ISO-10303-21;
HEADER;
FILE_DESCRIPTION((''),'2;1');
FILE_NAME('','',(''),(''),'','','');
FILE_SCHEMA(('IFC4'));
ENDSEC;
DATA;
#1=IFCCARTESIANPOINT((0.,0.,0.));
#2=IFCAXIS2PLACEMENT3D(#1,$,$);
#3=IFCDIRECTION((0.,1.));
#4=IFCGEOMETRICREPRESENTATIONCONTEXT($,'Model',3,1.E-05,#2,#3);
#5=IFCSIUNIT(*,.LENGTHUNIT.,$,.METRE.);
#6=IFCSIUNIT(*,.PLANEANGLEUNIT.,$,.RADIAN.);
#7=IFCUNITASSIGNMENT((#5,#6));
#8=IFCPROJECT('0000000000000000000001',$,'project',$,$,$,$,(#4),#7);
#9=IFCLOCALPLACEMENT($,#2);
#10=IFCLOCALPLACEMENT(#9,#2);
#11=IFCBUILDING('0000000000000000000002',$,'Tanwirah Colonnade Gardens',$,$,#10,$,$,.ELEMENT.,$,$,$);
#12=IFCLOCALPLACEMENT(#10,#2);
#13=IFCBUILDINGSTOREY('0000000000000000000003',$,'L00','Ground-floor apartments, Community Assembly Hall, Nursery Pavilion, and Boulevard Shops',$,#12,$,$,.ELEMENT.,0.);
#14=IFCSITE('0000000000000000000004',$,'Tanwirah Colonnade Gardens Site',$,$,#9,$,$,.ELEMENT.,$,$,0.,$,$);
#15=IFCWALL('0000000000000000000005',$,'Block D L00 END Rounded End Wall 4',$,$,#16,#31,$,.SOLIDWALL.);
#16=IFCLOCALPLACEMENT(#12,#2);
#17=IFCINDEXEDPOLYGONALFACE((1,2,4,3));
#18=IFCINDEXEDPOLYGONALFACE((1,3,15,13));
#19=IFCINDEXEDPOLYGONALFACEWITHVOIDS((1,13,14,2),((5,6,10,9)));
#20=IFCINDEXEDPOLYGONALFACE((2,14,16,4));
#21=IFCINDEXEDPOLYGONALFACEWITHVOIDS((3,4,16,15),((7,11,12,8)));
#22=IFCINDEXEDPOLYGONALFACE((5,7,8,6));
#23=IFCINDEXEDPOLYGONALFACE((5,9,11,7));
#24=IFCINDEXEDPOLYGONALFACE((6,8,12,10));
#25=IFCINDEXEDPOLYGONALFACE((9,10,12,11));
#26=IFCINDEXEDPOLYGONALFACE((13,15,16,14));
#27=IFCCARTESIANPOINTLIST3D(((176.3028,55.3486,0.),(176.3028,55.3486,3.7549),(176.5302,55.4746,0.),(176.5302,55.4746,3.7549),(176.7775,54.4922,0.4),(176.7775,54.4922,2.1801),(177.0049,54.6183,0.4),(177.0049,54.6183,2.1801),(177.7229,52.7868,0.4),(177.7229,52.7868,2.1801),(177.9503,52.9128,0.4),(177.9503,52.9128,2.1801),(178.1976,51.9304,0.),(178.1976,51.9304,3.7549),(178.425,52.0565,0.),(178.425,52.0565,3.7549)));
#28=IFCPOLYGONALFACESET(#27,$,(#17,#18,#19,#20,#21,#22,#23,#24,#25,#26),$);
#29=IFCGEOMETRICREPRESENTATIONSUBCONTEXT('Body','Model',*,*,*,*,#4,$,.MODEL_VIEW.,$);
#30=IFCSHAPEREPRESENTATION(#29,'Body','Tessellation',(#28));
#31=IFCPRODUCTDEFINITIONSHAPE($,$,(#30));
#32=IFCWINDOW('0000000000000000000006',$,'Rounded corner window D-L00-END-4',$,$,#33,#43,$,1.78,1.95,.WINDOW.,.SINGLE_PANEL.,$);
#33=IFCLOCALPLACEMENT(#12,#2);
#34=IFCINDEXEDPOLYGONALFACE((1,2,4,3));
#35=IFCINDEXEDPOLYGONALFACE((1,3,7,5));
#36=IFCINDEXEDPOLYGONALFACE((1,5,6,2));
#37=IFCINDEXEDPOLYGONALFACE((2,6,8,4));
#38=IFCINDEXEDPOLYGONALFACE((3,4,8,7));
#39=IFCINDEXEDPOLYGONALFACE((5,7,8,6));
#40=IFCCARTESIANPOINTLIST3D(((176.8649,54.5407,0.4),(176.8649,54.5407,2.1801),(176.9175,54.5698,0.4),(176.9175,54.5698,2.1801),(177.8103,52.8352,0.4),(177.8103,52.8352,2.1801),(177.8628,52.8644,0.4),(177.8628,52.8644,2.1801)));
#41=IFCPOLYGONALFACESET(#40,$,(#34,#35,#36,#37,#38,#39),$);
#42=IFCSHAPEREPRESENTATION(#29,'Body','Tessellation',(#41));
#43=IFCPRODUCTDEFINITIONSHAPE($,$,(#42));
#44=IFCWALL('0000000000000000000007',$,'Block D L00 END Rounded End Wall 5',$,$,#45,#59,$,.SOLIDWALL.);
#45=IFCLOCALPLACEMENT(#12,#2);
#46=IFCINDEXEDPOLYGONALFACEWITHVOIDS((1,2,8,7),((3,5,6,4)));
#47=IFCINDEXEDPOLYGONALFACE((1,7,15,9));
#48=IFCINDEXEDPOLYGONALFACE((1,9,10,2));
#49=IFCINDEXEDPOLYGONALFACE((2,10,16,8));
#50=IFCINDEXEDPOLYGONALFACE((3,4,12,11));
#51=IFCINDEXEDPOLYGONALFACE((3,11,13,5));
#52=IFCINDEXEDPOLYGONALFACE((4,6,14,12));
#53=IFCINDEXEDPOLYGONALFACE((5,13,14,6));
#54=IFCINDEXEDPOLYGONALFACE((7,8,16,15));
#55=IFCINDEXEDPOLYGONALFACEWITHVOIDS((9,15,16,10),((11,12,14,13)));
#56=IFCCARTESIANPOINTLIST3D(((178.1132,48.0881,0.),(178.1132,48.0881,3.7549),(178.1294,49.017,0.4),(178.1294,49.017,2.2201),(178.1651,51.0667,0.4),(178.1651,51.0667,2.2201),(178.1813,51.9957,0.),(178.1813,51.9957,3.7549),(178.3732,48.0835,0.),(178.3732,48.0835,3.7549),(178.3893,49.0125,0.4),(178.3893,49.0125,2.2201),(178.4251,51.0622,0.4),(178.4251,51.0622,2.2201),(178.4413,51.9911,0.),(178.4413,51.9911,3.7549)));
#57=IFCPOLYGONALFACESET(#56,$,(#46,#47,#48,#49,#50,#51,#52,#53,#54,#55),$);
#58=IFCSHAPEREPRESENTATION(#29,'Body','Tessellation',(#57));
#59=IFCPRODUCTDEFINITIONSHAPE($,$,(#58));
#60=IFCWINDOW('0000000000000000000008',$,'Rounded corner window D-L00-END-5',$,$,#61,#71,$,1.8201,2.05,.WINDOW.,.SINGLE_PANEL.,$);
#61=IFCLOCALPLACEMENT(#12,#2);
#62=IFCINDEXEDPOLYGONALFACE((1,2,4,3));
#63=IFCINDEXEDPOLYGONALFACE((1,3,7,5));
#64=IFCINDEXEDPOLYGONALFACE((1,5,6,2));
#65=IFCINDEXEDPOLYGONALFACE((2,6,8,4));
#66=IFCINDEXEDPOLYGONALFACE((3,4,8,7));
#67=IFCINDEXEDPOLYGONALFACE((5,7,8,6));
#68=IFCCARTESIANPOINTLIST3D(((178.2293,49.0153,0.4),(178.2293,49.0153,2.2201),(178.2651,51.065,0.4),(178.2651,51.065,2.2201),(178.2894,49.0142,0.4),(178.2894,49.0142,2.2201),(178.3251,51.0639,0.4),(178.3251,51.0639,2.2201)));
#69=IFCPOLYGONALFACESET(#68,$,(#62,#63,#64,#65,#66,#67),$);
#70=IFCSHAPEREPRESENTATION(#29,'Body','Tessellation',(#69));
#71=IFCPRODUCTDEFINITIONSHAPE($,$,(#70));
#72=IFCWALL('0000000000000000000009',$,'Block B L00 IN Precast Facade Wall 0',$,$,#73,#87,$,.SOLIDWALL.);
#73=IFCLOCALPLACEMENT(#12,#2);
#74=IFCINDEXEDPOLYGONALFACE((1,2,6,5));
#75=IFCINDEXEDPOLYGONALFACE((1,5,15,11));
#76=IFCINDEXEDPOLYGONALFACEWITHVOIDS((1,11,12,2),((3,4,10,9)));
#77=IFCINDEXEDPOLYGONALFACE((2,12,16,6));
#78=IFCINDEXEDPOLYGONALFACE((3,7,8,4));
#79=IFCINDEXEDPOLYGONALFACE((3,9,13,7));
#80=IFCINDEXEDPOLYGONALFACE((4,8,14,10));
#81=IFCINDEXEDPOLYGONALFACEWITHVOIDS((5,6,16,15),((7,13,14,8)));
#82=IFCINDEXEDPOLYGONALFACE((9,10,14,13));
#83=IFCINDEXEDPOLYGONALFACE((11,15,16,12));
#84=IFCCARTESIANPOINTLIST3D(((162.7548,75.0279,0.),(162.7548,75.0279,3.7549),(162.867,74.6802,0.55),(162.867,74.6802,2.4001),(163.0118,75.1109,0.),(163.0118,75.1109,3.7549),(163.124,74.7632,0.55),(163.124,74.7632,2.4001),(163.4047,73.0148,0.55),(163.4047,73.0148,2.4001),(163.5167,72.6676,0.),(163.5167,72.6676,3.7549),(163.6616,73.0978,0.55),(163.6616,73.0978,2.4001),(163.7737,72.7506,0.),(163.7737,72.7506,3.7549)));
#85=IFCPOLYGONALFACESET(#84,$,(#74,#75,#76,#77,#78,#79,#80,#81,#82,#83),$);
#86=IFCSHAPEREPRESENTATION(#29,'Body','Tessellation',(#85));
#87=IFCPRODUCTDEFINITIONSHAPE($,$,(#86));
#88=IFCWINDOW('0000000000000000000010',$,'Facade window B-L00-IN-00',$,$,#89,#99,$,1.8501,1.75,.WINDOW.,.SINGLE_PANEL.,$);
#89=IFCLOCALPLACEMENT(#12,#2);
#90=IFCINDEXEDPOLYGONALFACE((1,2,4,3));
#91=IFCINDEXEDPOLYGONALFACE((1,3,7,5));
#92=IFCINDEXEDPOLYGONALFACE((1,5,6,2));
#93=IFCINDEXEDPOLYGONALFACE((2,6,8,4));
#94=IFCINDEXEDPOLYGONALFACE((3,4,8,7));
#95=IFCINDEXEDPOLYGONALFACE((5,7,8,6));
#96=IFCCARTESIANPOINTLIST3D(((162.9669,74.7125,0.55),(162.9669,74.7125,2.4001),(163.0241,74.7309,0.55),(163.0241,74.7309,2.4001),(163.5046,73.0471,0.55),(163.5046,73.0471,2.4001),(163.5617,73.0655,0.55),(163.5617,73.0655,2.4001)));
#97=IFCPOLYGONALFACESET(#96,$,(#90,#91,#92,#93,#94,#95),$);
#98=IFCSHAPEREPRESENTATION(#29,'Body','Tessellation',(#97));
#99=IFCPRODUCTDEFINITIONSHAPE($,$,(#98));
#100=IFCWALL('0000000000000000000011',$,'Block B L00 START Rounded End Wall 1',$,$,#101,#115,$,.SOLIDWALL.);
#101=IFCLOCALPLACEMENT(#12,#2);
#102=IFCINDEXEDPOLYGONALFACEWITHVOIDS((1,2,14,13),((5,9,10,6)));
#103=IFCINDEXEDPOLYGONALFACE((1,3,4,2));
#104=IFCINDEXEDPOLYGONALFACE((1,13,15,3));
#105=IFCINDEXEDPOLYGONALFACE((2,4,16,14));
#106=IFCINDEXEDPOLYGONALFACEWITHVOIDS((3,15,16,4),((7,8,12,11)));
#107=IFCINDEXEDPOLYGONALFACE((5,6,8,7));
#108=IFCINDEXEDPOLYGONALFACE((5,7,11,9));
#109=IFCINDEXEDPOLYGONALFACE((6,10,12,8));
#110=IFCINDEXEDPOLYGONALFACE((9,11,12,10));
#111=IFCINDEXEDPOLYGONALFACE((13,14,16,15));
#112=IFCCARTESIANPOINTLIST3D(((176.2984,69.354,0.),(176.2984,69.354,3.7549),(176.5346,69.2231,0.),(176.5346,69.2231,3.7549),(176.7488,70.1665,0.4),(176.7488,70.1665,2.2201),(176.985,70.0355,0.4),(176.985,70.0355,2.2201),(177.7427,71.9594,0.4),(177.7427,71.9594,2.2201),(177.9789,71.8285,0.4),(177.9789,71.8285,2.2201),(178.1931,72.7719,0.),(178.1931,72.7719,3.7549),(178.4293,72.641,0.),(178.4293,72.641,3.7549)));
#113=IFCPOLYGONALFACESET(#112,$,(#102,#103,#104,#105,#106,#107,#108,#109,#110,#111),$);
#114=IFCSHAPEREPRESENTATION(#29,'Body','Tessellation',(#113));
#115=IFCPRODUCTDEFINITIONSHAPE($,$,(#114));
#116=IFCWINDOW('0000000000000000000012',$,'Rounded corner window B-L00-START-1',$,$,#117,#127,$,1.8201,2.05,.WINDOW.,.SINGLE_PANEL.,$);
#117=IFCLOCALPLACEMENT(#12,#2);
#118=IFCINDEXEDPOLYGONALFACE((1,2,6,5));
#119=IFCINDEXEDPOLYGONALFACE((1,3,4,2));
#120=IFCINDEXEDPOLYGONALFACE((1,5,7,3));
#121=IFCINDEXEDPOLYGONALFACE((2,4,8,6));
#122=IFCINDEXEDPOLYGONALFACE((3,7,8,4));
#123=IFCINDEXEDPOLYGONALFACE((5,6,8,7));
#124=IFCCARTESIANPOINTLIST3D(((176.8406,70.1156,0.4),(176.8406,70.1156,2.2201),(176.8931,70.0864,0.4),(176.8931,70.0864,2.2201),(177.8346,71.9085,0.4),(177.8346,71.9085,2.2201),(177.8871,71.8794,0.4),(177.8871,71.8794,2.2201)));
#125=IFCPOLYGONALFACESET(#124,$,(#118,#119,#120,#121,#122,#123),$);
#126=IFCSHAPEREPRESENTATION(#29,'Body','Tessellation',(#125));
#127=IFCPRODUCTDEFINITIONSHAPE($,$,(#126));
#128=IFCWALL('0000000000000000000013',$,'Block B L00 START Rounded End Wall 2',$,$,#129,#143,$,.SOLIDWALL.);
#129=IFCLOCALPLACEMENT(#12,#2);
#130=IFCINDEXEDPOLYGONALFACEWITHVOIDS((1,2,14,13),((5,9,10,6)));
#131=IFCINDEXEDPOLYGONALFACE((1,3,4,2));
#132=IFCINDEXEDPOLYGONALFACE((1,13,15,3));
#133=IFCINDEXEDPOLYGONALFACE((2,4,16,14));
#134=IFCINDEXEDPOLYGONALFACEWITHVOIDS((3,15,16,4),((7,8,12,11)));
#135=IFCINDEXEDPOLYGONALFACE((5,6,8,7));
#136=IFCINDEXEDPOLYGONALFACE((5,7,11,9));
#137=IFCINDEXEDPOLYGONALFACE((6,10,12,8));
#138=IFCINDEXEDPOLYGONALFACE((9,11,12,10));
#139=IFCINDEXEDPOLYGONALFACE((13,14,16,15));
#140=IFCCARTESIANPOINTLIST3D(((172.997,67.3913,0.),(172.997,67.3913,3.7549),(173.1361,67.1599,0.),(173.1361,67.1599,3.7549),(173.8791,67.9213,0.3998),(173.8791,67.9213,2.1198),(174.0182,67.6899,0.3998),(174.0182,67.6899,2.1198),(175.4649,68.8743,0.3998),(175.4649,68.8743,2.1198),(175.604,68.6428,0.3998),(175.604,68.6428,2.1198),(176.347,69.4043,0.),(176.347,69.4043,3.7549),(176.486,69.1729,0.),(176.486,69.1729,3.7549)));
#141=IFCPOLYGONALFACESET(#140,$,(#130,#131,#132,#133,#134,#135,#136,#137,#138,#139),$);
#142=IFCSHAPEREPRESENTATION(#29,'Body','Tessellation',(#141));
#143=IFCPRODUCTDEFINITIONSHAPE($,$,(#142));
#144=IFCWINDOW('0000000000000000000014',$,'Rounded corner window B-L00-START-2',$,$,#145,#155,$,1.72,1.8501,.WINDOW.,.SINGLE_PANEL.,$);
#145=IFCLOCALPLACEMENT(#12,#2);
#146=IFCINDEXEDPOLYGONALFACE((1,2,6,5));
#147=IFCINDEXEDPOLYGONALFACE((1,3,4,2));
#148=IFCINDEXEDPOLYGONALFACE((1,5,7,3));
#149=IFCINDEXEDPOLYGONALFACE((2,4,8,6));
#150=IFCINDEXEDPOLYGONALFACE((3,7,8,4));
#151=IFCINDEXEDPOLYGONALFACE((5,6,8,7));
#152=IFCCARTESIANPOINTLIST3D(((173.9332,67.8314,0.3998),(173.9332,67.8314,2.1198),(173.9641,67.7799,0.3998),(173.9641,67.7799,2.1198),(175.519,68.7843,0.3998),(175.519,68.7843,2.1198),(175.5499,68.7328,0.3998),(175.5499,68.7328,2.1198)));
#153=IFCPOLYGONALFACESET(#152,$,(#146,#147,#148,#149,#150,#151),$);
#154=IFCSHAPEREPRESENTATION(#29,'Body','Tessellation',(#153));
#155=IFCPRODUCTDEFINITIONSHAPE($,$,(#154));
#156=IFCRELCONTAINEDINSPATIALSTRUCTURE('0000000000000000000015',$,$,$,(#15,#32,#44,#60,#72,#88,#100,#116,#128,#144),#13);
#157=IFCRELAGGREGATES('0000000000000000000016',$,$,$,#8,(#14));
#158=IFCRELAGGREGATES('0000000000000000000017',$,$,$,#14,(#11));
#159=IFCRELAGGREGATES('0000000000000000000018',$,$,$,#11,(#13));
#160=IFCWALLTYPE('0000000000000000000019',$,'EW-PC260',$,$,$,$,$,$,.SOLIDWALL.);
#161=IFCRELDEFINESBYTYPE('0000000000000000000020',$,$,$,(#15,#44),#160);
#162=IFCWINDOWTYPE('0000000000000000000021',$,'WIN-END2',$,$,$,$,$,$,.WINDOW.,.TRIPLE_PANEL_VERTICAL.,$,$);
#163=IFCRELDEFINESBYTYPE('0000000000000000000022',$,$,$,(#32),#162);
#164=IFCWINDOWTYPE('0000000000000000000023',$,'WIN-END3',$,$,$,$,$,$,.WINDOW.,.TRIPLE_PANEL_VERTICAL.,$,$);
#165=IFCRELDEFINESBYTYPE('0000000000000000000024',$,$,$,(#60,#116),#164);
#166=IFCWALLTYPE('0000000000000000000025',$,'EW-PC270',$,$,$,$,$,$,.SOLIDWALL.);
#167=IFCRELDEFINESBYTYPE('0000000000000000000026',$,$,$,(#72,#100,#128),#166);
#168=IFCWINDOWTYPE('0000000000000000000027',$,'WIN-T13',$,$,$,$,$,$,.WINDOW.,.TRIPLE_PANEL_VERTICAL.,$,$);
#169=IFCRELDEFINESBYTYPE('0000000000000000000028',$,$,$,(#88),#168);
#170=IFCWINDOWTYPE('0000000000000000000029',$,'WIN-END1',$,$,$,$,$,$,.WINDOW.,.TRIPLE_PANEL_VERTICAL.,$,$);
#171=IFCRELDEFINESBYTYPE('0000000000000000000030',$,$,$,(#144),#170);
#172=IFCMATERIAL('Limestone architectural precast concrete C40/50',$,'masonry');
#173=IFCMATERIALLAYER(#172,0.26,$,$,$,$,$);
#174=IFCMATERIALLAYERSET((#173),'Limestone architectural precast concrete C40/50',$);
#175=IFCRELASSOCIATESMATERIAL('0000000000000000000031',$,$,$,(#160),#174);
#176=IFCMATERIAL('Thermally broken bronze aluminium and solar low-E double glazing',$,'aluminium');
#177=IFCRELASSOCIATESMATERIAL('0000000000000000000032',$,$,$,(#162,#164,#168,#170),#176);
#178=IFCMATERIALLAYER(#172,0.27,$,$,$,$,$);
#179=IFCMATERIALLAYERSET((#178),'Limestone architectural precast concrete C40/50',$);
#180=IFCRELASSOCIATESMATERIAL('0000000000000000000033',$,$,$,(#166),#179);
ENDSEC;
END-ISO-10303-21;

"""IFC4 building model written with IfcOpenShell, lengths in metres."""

from ifc_helpers import new_model, si_unit, direction, frame, frame_2d, origin, place, context, subcontext, project, spatial, rectangle, extrude, material, layer, layer_set, type_object, element, fill, save


model = new_model("IFC4")

# Units and contexts
model_context = context("Model", 3, precision=1e-05, world=origin(), true_north=direction((0.0, 1.0)))
body_context = subcontext(model_context, "Body", "Model", "MODEL_VIEW")
ifc_project = project(units=[si_unit("LENGTHUNIT", "METRE"), si_unit("PLANEANGLEUNIT", "RADIAN")], contexts=[model_context])

# Site, building, storey
site_placement = place(None, origin())
site = spatial("IfcSite", under=ifc_project, at=site_placement, Name="Tanwirah Colonnade Gardens Site", CompositionType="ELEMENT", RefElevation=0.0)
building_placement = place(site_placement, origin())
building = spatial("IfcBuilding", under=site, at=building_placement, Name="Tanwirah Colonnade Gardens", CompositionType="ELEMENT")
storey_placement = place(building_placement, origin())
storey = spatial("IfcBuildingStorey", under=building, at=storey_placement, Name="L00", Description="Ground-floor apartments, Community Assembly Hall, Nursery Pavilion, and Boulevard Shops", CompositionType="ELEMENT", Elevation=0.0)

# Walls, openings, windows
ifc_material_1 = material(Name="Limestone architectural precast concrete C40/50", Category="masonry")
ifc_layer_1 = layer(ifc_material_1, 0.26)
ifc_layer_set_1 = layer_set([ifc_layer_1], Name="Limestone architectural precast concrete C40/50")
wall_type_1 = type_object("IfcWallType", Name="EW-PC260", PredefinedType="SOLIDWALL", material=ifc_layer_set_1)
ifc_material_2 = material(Name="Thermally broken bronze aluminium and solar low-E double glazing", Category="aluminium")
window_type_1 = type_object("IfcWindowType", Name="WIN-END2", PartitioningType="TRIPLE_PANEL_VERTICAL", PredefinedType="WINDOW", material=ifc_material_2)
window_type_2 = type_object("IfcWindowType", Name="WIN-END3", PartitioningType="TRIPLE_PANEL_VERTICAL", PredefinedType="WINDOW", material=ifc_material_2)
wall_1_placement = place(storey_placement, frame((176.4165, 55.4116, 0.0), z_axis=(0.0, 0.0, 1.0), x_axis=(0.484815, -0.874617, 0.0)))
wall_1 = element("IfcWall", 1, at=wall_1_placement, inside=storey, type_object=wall_type_1, Name="Block D L00 END Rounded End Wall 4", PredefinedType="SOLIDWALL", context=body_context, shape_type="SweptSolid", body=[
    extrude(rectangle(XDim=3.9082, YDim=0.26, at=frame_2d((1.9541, 0.0))), origin(), (0.0, 0.0, 1.0), 3.7549),
])
opening_1_placement = place(wall_1_placement, frame((0.979, 0.0, 0.3999)))
opening_1 = element("IfcOpeningElement", 2, at=opening_1_placement, cuts=wall_1, PredefinedType="OPENING", context=body_context, shape_type="SweptSolid", body=[
    extrude(rectangle(XDim=1.95, YDim=1.78, at=frame_2d((0.9751, 0.8901))), frame((0.0, 0.1399, 0.0), z_axis=(0.0, -1.0, 0.0), x_axis=(1.0, 0.0, 0.0)), (0.0, 0.0, 1.0), 0.28),
])
window_1_placement = place(opening_1_placement, origin())
window_1 = element("IfcWindow", 3, at=window_1_placement, inside=storey, type_object=window_type_1, Name="Rounded corner window D-L00-END-4", OverallHeight=1.78, OverallWidth=1.95, PartitioningType="SINGLE_PANEL", PredefinedType="WINDOW", context=body_context, shape_type="SweptSolid", body=[
    extrude(rectangle(XDim=1.95, YDim=1.78, at=frame_2d((0.9751, 0.8901))), frame((0.0, 0.03, 0.0), z_axis=(0.0, -1.0, 0.0), x_axis=(1.0, 0.0, 0.0)), (0.0, 0.0, 1.0), 0.0601),
])
fill(opening_1, window_1)
wall_2_placement = place(storey_placement, frame((178.3113, 51.9934, 0.0), z_axis=(0.0, 0.0, 1.0), x_axis=(-0.017428, -0.999848, 0.0)))
wall_2 = element("IfcWall", 4, at=wall_2_placement, inside=storey, type_object=wall_type_1, Name="Block D L00 END Rounded End Wall 5", PredefinedType="SOLIDWALL", context=body_context, shape_type="SweptSolid", body=[
    extrude(rectangle(XDim=3.9082, YDim=0.26, at=frame_2d((1.9541, 0.0))), origin(), (0.0, 0.0, 1.0), 3.7549),
])
opening_2_placement = place(wall_2_placement, frame((0.9292, 0.0, 0.3999)))
opening_2 = element("IfcOpeningElement", 5, at=opening_2_placement, cuts=wall_2, PredefinedType="OPENING", context=body_context, shape_type="SweptSolid", body=[
    extrude(rectangle(XDim=2.05, YDim=1.8201, at=frame_2d((1.0249, 0.9102))), frame((0.0, 0.1399, 0.0), z_axis=(0.0, -1.0, 0.0), x_axis=(1.0, 0.0, 0.0)), (0.0, 0.0, 1.0), 0.28),
])
window_2_placement = place(opening_2_placement, origin())
window_2 = element("IfcWindow", 6, at=window_2_placement, inside=storey, type_object=window_type_2, Name="Rounded corner window D-L00-END-5", OverallHeight=1.8201, OverallWidth=2.05, PartitioningType="SINGLE_PANEL", PredefinedType="WINDOW", context=body_context, shape_type="SweptSolid", body=[
    extrude(rectangle(XDim=2.05, YDim=1.8201, at=frame_2d((1.0249, 0.9102))), frame((0.0, 0.03, 0.0), z_axis=(0.0, -1.0, 0.0), x_axis=(1.0, 0.0, 0.0)), (0.0, 0.0, 1.0), 0.0601),
])
fill(opening_2, window_2)
ifc_layer_2 = layer(ifc_material_1, 0.27)
ifc_layer_set_2 = layer_set([ifc_layer_2], Name="Limestone architectural precast concrete C40/50")
wall_type_2 = type_object("IfcWallType", Name="EW-PC270", PredefinedType="SOLIDWALL", material=ifc_layer_set_2)
wall_3_placement = place(storey_placement, frame((163.6453, 72.709, 0.0), z_axis=(0.0, 0.0, 1.0), x_axis=(-0.307207, 0.951643, 0.0)))
wall_3 = element("IfcWall", 7, at=wall_3_placement, inside=storey, type_object=wall_type_2, Name="Block B L00 IN Precast Facade Wall 0", PredefinedType="SOLIDWALL", context=body_context, shape_type="SweptSolid", body=[
    extrude(rectangle(XDim=2.4802, YDim=0.27, at=frame_2d((1.2402, 0.0))), origin(), (0.0, 0.0, 1.0), 3.7549),
])
opening_3_placement = place(wall_3_placement, frame((0.365, 0.0, 0.55)))
opening_3 = element("IfcOpeningElement", 8, at=opening_3_placement, cuts=wall_3, PredefinedType="OPENING", context=body_context, shape_type="SweptSolid", body=[
    extrude(rectangle(XDim=1.75, YDim=1.8501, at=frame_2d((0.875, 0.925))), frame((0.0, 0.145, 0.0), z_axis=(0.0, -1.0, 0.0), x_axis=(1.0, 0.0, 0.0)), (0.0, 0.0, 1.0), 0.29),
])
window_type_3 = type_object("IfcWindowType", Name="WIN-T13", PartitioningType="TRIPLE_PANEL_VERTICAL", PredefinedType="WINDOW", material=ifc_material_2)
window_3_placement = place(opening_3_placement, origin())
window_3 = element("IfcWindow", 9, at=window_3_placement, inside=storey, type_object=window_type_3, Name="Facade window B-L00-IN-00", OverallHeight=1.8501, OverallWidth=1.75, PartitioningType="SINGLE_PANEL", PredefinedType="WINDOW", context=body_context, shape_type="SweptSolid", body=[
    extrude(rectangle(XDim=1.75, YDim=1.8501, at=frame_2d((0.875, 0.925))), frame((0.0, 0.03, 0.0), z_axis=(0.0, -1.0, 0.0), x_axis=(1.0, 0.0, 0.0)), (0.0, 0.0, 1.0), 0.0601),
])
fill(opening_3, window_3)
wall_4_placement = place(storey_placement, frame((178.3113, 72.7065, 0.0), z_axis=(0.0, 0.0, 1.0), x_axis=(-0.484842, -0.874602, 0.0)))
wall_4 = element("IfcWall", 10, at=wall_4_placement, inside=storey, type_object=wall_type_2, Name="Block B L00 START Rounded End Wall 1", PredefinedType="SOLIDWALL", context=body_context, shape_type="SweptSolid", body=[
    extrude(rectangle(XDim=3.908, YDim=0.27, at=frame_2d((1.9541, 0.0))), origin(), (0.0, 0.0, 1.0), 3.7549),
])
opening_4_placement = place(wall_4_placement, frame((0.9292, 0.0, 0.3999)))
opening_4 = element("IfcOpeningElement", 11, at=opening_4_placement, cuts=wall_4, PredefinedType="OPENING", context=body_context, shape_type="SweptSolid", body=[
    extrude(rectangle(XDim=2.05, YDim=1.8201, at=frame_2d((1.0249, 0.9102))), frame((0.0, 0.145, 0.0), z_axis=(0.0, -1.0, 0.0), x_axis=(1.0, 0.0, 0.0)), (0.0, 0.0, 1.0), 0.29),
])
window_4_placement = place(opening_4_placement, origin())
window_4 = element("IfcWindow", 12, at=window_4_placement, inside=storey, type_object=window_type_2, Name="Rounded corner window B-L00-START-1", OverallHeight=1.8201, OverallWidth=2.05, PartitioningType="SINGLE_PANEL", PredefinedType="WINDOW", context=body_context, shape_type="SweptSolid", body=[
    extrude(rectangle(XDim=2.05, YDim=1.8201, at=frame_2d((1.0249, 0.9102))), frame((0.0, 0.03, 0.0), z_axis=(0.0, -1.0, 0.0), x_axis=(1.0, 0.0, 0.0)), (0.0, 0.0, 1.0), 0.0601),
])
fill(opening_4, window_4)
wall_5_placement = place(storey_placement, frame((176.4165, 69.2886, 0.0), z_axis=(0.0, 0.0, 1.0), x_axis=(-0.857151, -0.515065, 0.0)))
wall_5 = element("IfcWall", 13, at=wall_5_placement, inside=storey, type_object=wall_type_2, Name="Block B L00 START Rounded End Wall 2", PredefinedType="SOLIDWALL", context=body_context, shape_type="SweptSolid", body=[
    extrude(rectangle(XDim=3.9082, YDim=0.27, at=frame_2d((1.9541, 0.0))), origin(), (0.0, 0.0, 1.0), 3.7549),
])
opening_5_placement = place(wall_5_placement, frame((1.0291, 0.0, 0.3999)))
opening_5 = element("IfcOpeningElement", 14, at=opening_5_placement, cuts=wall_5, PredefinedType="OPENING", context=body_context, shape_type="SweptSolid", body=[
    extrude(rectangle(XDim=1.8501, YDim=1.72, at=frame_2d((0.925, 0.8599))), frame((0.0, 0.145, 0.0), z_axis=(0.0, -1.0, 0.0), x_axis=(1.0, 0.0, 0.0)), (0.0, 0.0, 1.0), 0.29),
])
window_type_4 = type_object("IfcWindowType", Name="WIN-END1", PartitioningType="TRIPLE_PANEL_VERTICAL", PredefinedType="WINDOW", material=ifc_material_2)
window_5_placement = place(opening_5_placement, origin())
window_5 = element("IfcWindow", 15, at=window_5_placement, inside=storey, type_object=window_type_4, Name="Rounded corner window B-L00-START-2", OverallHeight=1.72, OverallWidth=1.8501, PartitioningType="SINGLE_PANEL", PredefinedType="WINDOW", context=body_context, shape_type="SweptSolid", body=[
    extrude(rectangle(XDim=1.8501, YDim=1.72, at=frame_2d((0.925, 0.8599))), frame((0.0, 0.03, 0.0), z_axis=(0.0, -1.0, 0.0), x_axis=(1.0, 0.0, 0.0)), (0.0, 0.0, 1.0), 0.0601),
])
fill(opening_5, window_5)

save(model, "model.ifc")
